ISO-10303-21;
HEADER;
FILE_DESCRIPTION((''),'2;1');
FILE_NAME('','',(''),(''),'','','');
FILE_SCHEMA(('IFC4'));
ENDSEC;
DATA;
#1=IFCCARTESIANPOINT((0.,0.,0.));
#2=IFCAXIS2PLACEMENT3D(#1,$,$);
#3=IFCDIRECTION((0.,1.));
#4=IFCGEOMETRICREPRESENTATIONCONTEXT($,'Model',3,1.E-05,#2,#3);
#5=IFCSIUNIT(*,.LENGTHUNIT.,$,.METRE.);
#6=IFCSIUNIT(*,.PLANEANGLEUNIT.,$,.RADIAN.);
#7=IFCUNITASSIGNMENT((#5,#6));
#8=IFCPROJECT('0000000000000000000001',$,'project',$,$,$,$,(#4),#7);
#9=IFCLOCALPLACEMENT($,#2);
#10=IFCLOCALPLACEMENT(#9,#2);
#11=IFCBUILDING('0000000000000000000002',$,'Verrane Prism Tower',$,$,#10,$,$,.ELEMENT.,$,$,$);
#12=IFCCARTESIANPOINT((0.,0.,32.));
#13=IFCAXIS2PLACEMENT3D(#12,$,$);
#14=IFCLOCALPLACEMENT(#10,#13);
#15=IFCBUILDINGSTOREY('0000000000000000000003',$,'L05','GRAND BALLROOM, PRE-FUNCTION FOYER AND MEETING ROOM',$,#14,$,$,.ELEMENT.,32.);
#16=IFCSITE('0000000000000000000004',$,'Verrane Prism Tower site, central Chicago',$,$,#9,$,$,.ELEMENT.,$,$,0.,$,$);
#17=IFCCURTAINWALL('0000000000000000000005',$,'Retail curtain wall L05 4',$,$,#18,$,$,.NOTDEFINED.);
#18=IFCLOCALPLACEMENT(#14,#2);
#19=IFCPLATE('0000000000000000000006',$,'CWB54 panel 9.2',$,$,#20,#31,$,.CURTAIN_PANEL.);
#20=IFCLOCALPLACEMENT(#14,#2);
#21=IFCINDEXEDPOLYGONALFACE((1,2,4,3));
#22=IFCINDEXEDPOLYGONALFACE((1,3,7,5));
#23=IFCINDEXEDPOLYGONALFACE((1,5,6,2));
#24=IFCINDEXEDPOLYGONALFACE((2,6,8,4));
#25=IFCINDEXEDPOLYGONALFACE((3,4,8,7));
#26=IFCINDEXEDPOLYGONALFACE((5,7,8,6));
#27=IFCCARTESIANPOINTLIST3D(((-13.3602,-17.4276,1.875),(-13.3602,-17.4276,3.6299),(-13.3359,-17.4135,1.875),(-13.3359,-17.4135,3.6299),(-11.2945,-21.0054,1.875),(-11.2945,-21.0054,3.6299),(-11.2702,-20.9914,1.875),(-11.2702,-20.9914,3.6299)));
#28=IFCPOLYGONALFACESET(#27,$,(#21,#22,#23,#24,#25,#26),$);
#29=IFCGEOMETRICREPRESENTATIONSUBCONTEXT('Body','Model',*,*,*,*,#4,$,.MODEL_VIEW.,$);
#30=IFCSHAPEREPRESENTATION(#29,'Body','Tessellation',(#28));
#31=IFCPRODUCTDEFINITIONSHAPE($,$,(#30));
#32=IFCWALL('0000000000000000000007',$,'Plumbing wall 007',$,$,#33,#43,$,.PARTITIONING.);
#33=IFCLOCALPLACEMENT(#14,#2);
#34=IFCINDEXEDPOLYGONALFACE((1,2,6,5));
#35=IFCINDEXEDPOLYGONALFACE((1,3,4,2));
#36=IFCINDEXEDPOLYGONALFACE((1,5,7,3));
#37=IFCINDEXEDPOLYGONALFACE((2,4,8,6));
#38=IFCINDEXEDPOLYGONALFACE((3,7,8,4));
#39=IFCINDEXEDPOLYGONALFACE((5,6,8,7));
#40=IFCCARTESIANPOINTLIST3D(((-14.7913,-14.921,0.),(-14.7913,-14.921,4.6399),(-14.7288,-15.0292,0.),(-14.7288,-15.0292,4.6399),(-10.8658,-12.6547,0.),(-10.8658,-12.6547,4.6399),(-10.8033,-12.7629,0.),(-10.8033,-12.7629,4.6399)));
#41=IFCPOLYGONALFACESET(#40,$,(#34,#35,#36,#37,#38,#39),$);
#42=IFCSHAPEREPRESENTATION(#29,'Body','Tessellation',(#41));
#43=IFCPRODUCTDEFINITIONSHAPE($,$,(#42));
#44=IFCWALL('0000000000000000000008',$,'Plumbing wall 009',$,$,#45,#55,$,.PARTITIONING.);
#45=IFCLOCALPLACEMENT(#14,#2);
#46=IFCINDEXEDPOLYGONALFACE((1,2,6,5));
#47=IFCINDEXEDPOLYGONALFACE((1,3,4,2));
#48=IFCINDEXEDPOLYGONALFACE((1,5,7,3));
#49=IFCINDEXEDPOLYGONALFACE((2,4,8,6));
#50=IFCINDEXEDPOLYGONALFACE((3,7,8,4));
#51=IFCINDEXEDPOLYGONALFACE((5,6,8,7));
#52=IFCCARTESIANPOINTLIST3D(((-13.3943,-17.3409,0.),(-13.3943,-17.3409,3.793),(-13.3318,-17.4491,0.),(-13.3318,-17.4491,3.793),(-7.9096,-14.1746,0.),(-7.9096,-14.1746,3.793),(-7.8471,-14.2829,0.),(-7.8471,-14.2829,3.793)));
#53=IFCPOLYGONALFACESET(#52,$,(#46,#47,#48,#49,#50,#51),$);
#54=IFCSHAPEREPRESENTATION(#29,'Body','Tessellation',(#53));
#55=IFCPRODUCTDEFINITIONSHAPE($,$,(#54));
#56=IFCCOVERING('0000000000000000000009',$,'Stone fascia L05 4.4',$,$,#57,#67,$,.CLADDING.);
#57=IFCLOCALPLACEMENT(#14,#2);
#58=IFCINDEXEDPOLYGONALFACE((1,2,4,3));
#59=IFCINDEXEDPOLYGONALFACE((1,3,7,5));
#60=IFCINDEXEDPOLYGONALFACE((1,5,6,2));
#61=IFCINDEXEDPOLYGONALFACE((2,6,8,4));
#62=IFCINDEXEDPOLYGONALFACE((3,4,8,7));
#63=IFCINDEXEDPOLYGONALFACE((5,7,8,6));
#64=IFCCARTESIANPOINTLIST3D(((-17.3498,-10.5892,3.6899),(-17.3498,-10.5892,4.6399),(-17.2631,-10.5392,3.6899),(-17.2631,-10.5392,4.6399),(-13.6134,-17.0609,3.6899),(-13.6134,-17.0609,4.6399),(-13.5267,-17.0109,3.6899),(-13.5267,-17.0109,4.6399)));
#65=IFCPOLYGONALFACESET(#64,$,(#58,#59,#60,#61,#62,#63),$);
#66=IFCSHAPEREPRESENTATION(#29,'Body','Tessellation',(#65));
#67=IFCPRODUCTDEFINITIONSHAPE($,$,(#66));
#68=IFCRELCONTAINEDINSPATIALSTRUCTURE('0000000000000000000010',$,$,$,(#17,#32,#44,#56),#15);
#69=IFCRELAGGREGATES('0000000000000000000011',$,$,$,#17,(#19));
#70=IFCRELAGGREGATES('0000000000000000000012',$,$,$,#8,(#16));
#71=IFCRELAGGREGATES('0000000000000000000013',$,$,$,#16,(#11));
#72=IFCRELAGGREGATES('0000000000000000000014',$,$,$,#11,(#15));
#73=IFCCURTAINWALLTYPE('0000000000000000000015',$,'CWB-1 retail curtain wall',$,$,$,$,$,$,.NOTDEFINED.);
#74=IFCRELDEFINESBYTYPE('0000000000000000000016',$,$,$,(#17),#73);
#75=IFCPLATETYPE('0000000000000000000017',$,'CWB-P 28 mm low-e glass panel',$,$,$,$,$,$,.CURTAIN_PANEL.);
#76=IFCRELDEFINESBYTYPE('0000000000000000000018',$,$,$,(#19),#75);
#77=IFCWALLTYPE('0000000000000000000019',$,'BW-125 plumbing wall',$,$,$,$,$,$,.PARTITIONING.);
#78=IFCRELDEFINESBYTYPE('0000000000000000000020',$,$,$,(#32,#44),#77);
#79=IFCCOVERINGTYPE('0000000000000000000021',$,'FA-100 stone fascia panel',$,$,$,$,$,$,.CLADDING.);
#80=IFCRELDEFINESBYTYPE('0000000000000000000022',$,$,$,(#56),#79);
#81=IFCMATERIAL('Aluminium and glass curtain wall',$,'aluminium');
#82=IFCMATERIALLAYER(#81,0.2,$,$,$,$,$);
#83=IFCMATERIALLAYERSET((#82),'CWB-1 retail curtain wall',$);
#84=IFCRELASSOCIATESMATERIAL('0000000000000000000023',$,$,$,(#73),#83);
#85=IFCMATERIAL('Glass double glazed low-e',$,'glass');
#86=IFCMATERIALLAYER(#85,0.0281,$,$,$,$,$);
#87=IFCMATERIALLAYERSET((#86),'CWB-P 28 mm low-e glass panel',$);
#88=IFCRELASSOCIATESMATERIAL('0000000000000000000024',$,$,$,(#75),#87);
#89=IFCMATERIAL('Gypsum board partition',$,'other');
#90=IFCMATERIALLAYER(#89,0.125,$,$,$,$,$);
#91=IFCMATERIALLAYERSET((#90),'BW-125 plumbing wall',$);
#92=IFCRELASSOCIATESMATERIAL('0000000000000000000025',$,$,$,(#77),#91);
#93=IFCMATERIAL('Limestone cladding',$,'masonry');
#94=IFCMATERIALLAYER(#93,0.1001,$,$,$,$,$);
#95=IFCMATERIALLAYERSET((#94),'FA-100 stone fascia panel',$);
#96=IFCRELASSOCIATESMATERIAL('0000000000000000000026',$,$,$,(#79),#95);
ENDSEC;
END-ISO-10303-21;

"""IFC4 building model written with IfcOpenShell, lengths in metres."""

from ifc_helpers import new_model, si_unit, direction, frame, frame_2d, origin, origin_2d, place, context, subcontext, project, spatial, rectangle, extrude, material, layer, layer_set, type_object, element, aggregate, save


model = new_model("IFC4")

# Units and contexts
model_context = context("Model", 3, precision=1e-05, world=origin(), true_north=direction((0.0, 1.0)))
body_context = subcontext(model_context, "Body", "Model", "MODEL_VIEW")
ifc_project = project(units=[si_unit("LENGTHUNIT", "METRE"), si_unit("PLANEANGLEUNIT", "RADIAN")], contexts=[model_context])

# Site, building, storey
site_placement = place(None, origin())
site = spatial("IfcSite", under=ifc_project, at=site_placement, Name="Verrane Prism Tower site, central Chicago", CompositionType="ELEMENT", RefElevation=0.0)
building_placement = place(site_placement, origin())
building = spatial("IfcBuilding", under=site, at=building_placement, Name="Verrane Prism Tower", CompositionType="ELEMENT")
storey_placement = place(building_placement, frame((0.0, 0.0, 32.0)))
storey = spatial("IfcBuildingStorey", under=building, at=storey_placement, Name="L05", Description="GRAND BALLROOM, PRE-FUNCTION FOYER AND MEETING ROOM", CompositionType="ELEMENT", Elevation=32.0)

# Curtain wall
ifc_material_1 = material(Name="Aluminium and glass curtain wall", Category="aluminium")
ifc_layer_1 = layer(ifc_material_1, 0.2)
ifc_layer_set_1 = layer_set([ifc_layer_1], Name="CWB-1 retail curtain wall")
curtain_wall_type = type_object("IfcCurtainWallType", Name="CWB-1 retail curtain wall", PredefinedType="NOTDEFINED", material=ifc_layer_set_1)
curtain_wall_placement = place(storey_placement, origin())
curtain_wall = element("IfcCurtainWall", 1, at=curtain_wall_placement, inside=storey, type_object=curtain_wall_type, Name="Retail curtain wall L05 4", PredefinedType="NOTDEFINED")

# Plate
ifc_material_2 = material(Name="Glass double glazed low-e", Category="glass")
ifc_layer_2 = layer(ifc_material_2, 0.0281)
ifc_layer_set_2 = layer_set([ifc_layer_2], Name="CWB-P 28 mm low-e glass panel")
plate_type = type_object("IfcPlateType", Name="CWB-P 28 mm low-e glass panel", PredefinedType="CURTAIN_PANEL", material=ifc_layer_set_2)
plate_1_placement = place(storey_placement, frame((-12.3152, -19.2095, 1.875), z_axis=(0.0, 0.0, 1.0), x_axis=(0.5, -0.866025, 0.0)))
plate_1 = element("IfcPlate", 2, at=plate_1_placement, type_object=plate_type, Name="CWB54 panel 9.2", PredefinedType="CURTAIN_PANEL", context=body_context, shape_type="SweptSolid", body=[
    extrude(rectangle(XDim=4.1313, YDim=0.0281, at=origin_2d()), origin(), (0.0, 0.0, 1.0), 1.7549),
])
aggregate(curtain_wall, [plate_1])

# Walls
ifc_material_3 = material(Name="Gypsum board partition", Category="other")
ifc_layer_3 = layer(ifc_material_3, 0.125)
ifc_layer_set_3 = layer_set([ifc_layer_3], Name="BW-125 plumbing wall")
wall_type = type_object("IfcWallType", Name="BW-125 plumbing wall", PredefinedType="PARTITIONING", material=ifc_layer_set_3)
wall_1_placement = place(storey_placement, frame((-14.76, -14.9751, 0.0), z_axis=(0.0, 0.0, 1.0), x_axis=(0.86603, 0.499991, 0.0)))
element("IfcWall", 3, at=wall_1_placement, inside=storey, type_object=wall_type, Name="Plumbing wall 007", PredefinedType="PARTITIONING", context=body_context, shape_type="SweptSolid", body=[
    extrude(rectangle(XDim=4.5327, YDim=0.125, at=frame_2d((2.2664, 0.0))), origin(), (0.0, 0.0, 1.0), 4.6399),
])
wall_2_placement = place(storey_placement, frame((-13.363, -17.395, 0.0), z_axis=(0.0, 0.0, 1.0), x_axis=(0.866045, 0.499966, 0.0)))
element("IfcWall", 4, at=wall_2_placement, inside=storey, type_object=wall_type, Name="Plumbing wall 009", PredefinedType="PARTITIONING", context=body_context, shape_type="SweptSolid", body=[
    extrude(rectangle(XDim=6.333, YDim=0.125, at=frame_2d((3.1665, 0.0))), origin(), (0.0, 0.0, 1.0), 3.793),
])

# Covering
ifc_material_4 = material(Name="Limestone cladding", Category="masonry")
ifc_layer_4 = layer(ifc_material_4, 0.1001)
ifc_layer_set_4 = layer_set([ifc_layer_4], Name="FA-100 stone fascia panel")
covering_type = type_object("IfcCoveringType", Name="FA-100 stone fascia panel", PredefinedType="CLADDING", material=ifc_layer_set_4)
covering_placement = place(storey_placement, frame((-15.4382, -13.8, 3.6899), z_axis=(0.0, 0.0, 1.0), x_axis=(0.5, -0.866025, 0.0)))
element("IfcCovering", 5, at=covering_placement, inside=storey, type_object=covering_type, Name="Stone fascia L05 4.4", PredefinedType="CLADDING", context=body_context, shape_type="SweptSolid", body=[
    extrude(rectangle(XDim=7.4729, YDim=0.1001, at=origin_2d()), origin(), (0.0, 0.0, 1.0), 0.95),
])

save(model, "model.ifc")
